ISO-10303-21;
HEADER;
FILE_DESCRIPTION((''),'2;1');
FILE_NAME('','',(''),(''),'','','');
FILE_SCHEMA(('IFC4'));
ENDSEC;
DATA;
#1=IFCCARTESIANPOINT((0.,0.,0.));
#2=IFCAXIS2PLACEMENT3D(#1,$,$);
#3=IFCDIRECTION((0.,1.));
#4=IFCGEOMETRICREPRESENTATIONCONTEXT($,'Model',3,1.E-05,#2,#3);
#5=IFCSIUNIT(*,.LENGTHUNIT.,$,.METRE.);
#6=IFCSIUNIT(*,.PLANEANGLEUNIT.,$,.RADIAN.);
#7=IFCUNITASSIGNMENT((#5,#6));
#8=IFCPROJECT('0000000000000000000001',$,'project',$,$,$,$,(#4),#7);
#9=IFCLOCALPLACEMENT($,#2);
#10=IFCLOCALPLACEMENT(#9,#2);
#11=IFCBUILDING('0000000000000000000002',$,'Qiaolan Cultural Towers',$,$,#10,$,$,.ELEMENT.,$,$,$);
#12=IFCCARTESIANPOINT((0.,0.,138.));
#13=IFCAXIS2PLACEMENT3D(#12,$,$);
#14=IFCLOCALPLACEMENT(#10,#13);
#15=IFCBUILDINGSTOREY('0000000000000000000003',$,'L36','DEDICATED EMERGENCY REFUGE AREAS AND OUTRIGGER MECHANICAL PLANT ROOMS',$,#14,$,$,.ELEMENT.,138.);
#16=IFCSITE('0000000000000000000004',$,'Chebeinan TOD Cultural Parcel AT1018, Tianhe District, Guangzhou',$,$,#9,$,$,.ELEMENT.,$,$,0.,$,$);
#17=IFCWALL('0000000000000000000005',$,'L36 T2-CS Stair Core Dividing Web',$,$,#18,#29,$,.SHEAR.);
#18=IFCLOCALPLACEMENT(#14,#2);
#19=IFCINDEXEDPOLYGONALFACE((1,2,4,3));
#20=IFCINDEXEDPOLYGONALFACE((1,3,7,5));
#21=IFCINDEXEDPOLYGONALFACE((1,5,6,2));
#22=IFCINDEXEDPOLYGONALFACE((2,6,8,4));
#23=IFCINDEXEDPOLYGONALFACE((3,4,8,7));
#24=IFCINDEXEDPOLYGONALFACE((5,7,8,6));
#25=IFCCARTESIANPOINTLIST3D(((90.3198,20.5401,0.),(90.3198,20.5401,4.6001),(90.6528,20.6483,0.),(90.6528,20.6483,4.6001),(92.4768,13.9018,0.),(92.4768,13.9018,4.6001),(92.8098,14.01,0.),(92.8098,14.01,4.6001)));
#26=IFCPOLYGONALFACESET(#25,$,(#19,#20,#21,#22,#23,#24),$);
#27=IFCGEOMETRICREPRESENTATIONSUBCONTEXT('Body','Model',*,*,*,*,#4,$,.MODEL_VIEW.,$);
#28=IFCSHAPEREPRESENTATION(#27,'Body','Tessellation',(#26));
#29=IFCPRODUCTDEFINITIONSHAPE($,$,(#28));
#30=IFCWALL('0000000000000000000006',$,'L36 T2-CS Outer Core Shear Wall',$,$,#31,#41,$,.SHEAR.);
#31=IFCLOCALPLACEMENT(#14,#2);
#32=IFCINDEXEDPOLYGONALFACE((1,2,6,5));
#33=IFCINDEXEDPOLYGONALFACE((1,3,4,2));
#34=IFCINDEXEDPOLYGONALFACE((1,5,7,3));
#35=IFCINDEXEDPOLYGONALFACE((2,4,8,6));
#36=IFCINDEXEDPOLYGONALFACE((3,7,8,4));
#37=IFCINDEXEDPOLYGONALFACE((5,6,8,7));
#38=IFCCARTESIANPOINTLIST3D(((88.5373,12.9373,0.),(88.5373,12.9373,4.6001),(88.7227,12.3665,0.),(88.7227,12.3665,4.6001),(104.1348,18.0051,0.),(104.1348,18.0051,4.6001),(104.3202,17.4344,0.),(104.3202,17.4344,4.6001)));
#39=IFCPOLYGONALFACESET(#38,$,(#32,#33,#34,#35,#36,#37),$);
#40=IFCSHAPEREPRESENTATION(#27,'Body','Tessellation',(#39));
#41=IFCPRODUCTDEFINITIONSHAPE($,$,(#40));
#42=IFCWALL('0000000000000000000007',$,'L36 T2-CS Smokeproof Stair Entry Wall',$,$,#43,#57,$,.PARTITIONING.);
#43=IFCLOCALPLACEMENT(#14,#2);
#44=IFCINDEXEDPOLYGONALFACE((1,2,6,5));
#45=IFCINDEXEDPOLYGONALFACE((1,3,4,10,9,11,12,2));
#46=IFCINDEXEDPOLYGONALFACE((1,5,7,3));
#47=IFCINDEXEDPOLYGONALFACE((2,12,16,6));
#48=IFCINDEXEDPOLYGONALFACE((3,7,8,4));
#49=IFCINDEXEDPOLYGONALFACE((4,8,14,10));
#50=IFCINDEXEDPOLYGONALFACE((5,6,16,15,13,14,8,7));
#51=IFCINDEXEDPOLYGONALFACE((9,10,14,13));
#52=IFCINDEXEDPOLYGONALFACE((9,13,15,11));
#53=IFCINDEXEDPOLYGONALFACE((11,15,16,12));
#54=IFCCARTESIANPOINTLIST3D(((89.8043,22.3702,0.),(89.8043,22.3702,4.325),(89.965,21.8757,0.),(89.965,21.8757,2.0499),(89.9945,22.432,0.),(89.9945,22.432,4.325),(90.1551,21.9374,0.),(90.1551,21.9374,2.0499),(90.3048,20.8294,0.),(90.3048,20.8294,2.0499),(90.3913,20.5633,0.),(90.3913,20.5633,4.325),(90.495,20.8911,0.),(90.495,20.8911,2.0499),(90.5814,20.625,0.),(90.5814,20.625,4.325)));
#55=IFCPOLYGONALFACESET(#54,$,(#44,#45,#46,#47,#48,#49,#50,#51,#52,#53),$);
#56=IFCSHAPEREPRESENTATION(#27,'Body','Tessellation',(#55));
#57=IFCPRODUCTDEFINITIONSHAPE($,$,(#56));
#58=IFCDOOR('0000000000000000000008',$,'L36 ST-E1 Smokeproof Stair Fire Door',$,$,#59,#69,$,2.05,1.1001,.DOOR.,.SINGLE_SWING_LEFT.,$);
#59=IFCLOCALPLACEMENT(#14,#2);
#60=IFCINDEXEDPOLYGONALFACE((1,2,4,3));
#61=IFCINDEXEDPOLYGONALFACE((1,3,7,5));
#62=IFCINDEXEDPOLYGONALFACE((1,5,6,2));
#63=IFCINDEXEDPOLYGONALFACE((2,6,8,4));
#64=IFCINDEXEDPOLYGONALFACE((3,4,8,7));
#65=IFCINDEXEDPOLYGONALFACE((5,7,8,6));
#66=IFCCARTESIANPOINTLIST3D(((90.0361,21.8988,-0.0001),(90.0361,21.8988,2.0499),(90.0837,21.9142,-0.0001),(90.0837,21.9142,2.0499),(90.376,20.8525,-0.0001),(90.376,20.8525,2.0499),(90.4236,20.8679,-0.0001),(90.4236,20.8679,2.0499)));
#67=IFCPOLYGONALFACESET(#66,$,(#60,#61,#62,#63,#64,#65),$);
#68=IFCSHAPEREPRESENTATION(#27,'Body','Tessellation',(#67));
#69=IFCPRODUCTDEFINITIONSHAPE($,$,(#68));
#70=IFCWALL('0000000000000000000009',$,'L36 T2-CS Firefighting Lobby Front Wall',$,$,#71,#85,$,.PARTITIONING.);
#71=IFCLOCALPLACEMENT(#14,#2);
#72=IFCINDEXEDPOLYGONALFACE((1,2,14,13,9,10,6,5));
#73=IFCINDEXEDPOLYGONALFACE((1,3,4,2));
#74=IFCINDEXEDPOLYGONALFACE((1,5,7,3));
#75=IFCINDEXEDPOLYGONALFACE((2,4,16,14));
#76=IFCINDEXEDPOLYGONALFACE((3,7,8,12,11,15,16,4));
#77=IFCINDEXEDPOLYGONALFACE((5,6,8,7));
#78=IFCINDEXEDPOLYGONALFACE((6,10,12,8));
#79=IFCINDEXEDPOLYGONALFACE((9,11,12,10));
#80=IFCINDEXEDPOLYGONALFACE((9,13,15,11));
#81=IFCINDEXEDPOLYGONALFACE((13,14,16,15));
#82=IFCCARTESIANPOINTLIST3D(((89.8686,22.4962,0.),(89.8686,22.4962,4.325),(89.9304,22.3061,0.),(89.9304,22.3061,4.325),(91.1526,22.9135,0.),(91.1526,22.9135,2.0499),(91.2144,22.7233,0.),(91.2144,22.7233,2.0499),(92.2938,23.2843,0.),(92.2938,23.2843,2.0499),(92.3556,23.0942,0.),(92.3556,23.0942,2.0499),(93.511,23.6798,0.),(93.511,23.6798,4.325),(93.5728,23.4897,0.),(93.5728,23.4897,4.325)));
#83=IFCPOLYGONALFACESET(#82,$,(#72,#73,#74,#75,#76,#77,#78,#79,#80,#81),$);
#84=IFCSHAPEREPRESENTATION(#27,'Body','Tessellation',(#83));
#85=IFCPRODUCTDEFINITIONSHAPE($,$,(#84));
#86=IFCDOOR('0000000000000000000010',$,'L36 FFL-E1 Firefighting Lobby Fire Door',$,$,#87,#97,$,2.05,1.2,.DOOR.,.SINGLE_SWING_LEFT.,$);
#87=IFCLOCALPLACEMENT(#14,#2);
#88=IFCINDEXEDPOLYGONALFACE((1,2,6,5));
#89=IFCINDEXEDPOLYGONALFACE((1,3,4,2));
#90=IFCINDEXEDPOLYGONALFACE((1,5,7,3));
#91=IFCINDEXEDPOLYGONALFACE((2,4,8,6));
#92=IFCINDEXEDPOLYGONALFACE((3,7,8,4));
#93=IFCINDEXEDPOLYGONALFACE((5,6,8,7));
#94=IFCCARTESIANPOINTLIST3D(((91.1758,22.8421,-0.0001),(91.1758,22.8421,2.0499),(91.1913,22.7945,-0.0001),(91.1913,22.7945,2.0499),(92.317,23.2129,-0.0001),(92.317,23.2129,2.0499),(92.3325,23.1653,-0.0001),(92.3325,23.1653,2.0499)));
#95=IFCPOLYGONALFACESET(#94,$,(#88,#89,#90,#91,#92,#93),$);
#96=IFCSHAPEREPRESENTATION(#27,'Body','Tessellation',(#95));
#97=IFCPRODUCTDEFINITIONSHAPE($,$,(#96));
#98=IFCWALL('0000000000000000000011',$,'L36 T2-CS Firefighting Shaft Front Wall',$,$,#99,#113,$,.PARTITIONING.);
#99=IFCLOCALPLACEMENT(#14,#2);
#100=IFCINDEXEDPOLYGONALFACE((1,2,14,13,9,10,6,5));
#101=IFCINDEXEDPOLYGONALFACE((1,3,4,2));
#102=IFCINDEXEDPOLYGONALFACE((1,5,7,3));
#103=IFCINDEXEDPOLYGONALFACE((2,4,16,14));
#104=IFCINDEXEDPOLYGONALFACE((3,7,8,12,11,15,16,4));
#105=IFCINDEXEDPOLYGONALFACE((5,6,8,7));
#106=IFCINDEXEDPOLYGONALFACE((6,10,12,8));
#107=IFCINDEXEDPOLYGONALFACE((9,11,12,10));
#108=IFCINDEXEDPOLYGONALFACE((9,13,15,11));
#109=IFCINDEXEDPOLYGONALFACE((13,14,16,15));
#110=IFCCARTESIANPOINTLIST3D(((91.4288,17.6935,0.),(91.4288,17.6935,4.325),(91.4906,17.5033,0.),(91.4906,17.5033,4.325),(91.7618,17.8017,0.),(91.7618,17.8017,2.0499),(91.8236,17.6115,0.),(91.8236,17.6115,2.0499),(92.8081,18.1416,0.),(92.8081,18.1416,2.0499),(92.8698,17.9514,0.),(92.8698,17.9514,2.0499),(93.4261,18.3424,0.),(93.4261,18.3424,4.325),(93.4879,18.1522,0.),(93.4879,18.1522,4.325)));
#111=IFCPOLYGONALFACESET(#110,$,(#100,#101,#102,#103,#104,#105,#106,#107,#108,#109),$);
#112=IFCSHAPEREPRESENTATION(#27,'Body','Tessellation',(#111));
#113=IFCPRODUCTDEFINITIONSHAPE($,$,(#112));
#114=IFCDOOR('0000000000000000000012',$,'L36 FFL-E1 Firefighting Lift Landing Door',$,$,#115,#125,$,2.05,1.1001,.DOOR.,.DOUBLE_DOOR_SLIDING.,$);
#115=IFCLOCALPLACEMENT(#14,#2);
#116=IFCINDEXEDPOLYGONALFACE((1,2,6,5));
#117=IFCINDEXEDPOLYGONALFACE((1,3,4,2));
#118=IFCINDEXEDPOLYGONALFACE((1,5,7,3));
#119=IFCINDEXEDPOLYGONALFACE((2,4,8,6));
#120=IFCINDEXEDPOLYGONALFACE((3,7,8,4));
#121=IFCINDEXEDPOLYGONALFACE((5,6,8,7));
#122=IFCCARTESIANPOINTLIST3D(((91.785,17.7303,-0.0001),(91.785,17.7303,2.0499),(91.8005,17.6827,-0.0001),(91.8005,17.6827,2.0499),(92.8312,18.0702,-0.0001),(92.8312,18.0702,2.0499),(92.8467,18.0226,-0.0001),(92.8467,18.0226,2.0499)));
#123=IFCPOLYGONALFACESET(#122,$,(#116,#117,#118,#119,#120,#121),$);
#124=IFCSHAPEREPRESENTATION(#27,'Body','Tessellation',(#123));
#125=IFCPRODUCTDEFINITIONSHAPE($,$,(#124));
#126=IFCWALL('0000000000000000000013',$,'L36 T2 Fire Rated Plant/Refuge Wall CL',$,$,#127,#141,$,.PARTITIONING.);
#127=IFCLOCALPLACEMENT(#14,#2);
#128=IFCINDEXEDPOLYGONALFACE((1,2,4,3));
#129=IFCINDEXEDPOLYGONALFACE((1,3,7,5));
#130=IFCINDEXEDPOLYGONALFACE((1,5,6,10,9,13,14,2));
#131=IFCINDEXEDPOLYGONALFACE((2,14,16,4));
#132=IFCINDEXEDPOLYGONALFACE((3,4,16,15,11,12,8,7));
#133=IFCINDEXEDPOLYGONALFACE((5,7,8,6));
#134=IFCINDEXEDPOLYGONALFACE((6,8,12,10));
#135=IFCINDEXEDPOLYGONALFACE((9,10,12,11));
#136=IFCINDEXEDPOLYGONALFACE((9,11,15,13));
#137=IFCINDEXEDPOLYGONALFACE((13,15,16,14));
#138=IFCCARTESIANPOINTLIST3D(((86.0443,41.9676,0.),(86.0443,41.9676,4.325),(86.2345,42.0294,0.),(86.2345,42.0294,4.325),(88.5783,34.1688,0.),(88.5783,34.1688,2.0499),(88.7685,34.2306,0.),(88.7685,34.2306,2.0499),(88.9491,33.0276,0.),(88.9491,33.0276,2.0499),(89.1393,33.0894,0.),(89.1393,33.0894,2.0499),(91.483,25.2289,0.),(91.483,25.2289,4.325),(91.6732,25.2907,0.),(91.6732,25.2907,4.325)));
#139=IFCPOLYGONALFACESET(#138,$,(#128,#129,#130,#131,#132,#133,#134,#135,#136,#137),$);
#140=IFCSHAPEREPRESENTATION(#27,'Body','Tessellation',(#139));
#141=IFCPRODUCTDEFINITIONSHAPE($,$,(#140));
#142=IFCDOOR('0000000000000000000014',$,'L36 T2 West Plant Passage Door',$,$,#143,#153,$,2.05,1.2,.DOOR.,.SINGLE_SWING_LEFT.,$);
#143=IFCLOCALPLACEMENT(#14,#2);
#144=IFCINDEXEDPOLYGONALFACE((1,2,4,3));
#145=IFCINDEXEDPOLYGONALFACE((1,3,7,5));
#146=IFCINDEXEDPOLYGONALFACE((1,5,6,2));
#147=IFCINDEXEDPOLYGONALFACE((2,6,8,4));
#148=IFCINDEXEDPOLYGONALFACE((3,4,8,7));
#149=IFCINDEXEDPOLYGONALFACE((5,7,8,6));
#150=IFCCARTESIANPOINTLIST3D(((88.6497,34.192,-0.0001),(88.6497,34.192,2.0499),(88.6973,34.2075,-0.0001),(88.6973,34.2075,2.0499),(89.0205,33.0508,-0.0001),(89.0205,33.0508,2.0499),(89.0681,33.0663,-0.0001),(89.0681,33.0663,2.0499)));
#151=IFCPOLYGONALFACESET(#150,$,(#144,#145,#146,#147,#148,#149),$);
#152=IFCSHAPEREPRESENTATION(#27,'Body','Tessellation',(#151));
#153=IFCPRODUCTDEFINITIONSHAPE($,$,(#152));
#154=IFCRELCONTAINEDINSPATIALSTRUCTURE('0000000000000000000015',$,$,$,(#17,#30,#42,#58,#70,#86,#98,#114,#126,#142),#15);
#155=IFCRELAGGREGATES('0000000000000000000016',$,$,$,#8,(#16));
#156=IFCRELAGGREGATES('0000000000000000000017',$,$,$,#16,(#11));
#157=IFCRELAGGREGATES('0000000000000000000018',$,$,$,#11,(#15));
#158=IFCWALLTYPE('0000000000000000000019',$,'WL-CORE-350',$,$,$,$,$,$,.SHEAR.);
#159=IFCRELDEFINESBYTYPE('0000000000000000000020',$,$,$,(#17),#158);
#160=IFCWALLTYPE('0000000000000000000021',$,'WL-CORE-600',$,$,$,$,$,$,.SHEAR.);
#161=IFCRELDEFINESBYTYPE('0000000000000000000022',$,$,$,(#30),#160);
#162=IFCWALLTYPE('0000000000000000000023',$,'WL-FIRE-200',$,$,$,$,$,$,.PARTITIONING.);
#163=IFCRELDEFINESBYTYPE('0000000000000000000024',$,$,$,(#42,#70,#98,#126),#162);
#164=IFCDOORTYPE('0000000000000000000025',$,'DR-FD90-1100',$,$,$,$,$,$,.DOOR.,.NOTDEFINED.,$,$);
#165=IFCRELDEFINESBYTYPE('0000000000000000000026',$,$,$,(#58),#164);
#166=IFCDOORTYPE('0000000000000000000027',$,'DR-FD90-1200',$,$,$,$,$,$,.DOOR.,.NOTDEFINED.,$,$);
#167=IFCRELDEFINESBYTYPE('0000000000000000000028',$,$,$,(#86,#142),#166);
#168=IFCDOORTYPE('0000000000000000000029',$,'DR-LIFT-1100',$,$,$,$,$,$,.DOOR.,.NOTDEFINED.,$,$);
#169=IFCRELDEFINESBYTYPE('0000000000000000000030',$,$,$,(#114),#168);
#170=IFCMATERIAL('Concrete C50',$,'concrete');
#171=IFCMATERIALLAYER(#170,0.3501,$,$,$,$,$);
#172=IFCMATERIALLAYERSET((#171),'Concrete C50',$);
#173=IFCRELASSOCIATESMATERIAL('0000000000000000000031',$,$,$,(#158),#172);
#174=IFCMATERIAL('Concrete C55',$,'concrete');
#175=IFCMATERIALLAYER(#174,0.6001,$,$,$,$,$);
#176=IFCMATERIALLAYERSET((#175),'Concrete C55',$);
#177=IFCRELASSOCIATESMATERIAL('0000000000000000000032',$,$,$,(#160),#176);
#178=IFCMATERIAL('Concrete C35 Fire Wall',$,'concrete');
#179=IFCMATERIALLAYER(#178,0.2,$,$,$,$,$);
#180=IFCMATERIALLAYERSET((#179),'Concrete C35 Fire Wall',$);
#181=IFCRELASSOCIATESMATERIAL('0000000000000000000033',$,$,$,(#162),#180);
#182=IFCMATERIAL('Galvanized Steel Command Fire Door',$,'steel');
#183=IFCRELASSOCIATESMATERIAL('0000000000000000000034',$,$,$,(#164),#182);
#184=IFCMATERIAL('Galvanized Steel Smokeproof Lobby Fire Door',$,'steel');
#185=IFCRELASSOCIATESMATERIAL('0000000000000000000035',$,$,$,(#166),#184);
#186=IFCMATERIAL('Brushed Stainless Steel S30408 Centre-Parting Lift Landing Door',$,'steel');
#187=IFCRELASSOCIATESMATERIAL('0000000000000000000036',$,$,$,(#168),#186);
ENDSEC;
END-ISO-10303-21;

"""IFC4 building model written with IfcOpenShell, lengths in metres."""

from ifc_helpers import new_model, si_unit, direction, frame, frame_2d, origin, place, context, subcontext, project, spatial, rectangle, extrude, material, layer, layer_set, type_object, element, fill, save


model = new_model("IFC4")

# Units and contexts
model_context = context("Model", 3, precision=1e-05, world=origin(), true_north=direction((0.0, 1.0)))
body_context = subcontext(model_context, "Body", "Model", "MODEL_VIEW")
ifc_project = project(units=[si_unit("LENGTHUNIT", "METRE"), si_unit("PLANEANGLEUNIT", "RADIAN")], contexts=[model_context])

# Site, building, storey
site_placement = place(None, origin())
site = spatial("IfcSite", under=ifc_project, at=site_placement, Name="Chebeinan TOD Cultural Parcel AT1018, Tianhe District, Guangzhou", CompositionType="ELEMENT", RefElevation=0.0)
building_placement = place(site_placement, origin())
building = spatial("IfcBuilding", under=site, at=building_placement, Name="Qiaolan Cultural Towers", CompositionType="ELEMENT")
storey_placement = place(building_placement, frame((0.0, 0.0, 138.0)))
storey = spatial("IfcBuildingStorey", under=building, at=storey_placement, Name="L36", Description="DEDICATED EMERGENCY REFUGE AREAS AND OUTRIGGER MECHANICAL PLANT ROOMS", CompositionType="ELEMENT", Elevation=138.0)

# Walls
ifc_material_1 = material(Name="Concrete C50", Category="concrete")
ifc_layer_1 = layer(ifc_material_1, 0.3501)
ifc_layer_set_1 = layer_set([ifc_layer_1], Name="Concrete C50")
wall_type_1 = type_object("IfcWallType", Name="WL-CORE-350", PredefinedType="SHEAR", material=ifc_layer_set_1)
wall_1_placement = place(storey_placement, frame((90.4863, 20.5942, 0.0), z_axis=(0.0, 0.0, 1.0), x_axis=(0.30902, -0.951055, 0.0)))
element("IfcWall", 1, at=wall_1_placement, inside=storey, type_object=wall_type_1, Name="L36 T2-CS Stair Core Dividing Web", PredefinedType="SHEAR", context=body_context, shape_type="SweptSolid", body=[
    extrude(rectangle(XDim=6.98, YDim=0.3501, at=frame_2d((3.49, 0.0))), origin(), (0.0, 0.0, 1.0), 4.6001),
])
ifc_material_2 = material(Name="Concrete C55", Category="concrete")
ifc_layer_2 = layer(ifc_material_2, 0.6001)
ifc_layer_set_2 = layer_set([ifc_layer_2], Name="Concrete C55")
wall_type_2 = type_object("IfcWallType", Name="WL-CORE-600", PredefinedType="SHEAR", material=ifc_layer_set_2)
wall_2_placement = place(storey_placement, frame((88.6299, 12.6519, 0.0), z_axis=(0.0, 0.0, 1.0), x_axis=(0.951057, 0.309015, 0.0)))
element("IfcWall", 2, at=wall_2_placement, inside=storey, type_object=wall_type_2, Name="L36 T2-CS Outer Core Shear Wall", PredefinedType="SHEAR", context=body_context, shape_type="SweptSolid", body=[
    extrude(rectangle(XDim=16.4001, YDim=0.6001, at=frame_2d((8.2002, 0.0))), origin(), (0.0, 0.0, 1.0), 4.6001),
])

# Walls, openings, doors
ifc_material_3 = material(Name="Concrete C35 Fire Wall", Category="concrete")
ifc_layer_3 = layer(ifc_material_3, 0.2)
ifc_layer_set_3 = layer_set([ifc_layer_3], Name="Concrete C35 Fire Wall")
wall_type_3 = type_object("IfcWallType", Name="WL-FIRE-200", PredefinedType="PARTITIONING", material=ifc_layer_set_3)
wall_3_placement = place(storey_placement, frame((89.8994, 22.4011, 0.0), z_axis=(0.0, 0.0, 1.0), x_axis=(0.308932, -0.951084, 0.0)))
wall_3 = element("IfcWall", 3, at=wall_3_placement, inside=storey, type_object=wall_type_3, Name="L36 T2-CS Smokeproof Stair Entry Wall", PredefinedType="PARTITIONING", context=body_context, shape_type="SweptSolid", body=[
    extrude(rectangle(XDim=1.8999, YDim=0.2, at=frame_2d((0.95, 0.0))), origin(), (0.0, 0.0, 1.0), 4.325),
])
opening_1_placement = place(wall_3_placement, frame((0.52, 0.0, 0.0)))
opening_1 = element("IfcOpeningElement", 4, at=opening_1_placement, cuts=wall_3, PredefinedType="OPENING", context=body_context, shape_type="SweptSolid", body=[
    extrude(rectangle(XDim=1.1001, YDim=2.05, at=frame_2d((0.55, 1.0249))), frame((0.0, 0.1099, 0.0), z_axis=(0.0, -1.0, 0.0), x_axis=(1.0, 0.0, 0.0)), (0.0, 0.0, 1.0), 0.22),
])
ifc_material_4 = material(Name="Galvanized Steel Command Fire Door", Category="steel")
door_type_1 = type_object("IfcDoorType", Name="DR-FD90-1100", OperationType="NOTDEFINED", PredefinedType="DOOR", material=ifc_material_4)
door_1_placement = place(opening_1_placement, origin())
door_1 = element("IfcDoor", 5, at=door_1_placement, inside=storey, type_object=door_type_1, Name="L36 ST-E1 Smokeproof Stair Fire Door", OperationType="SINGLE_SWING_LEFT", OverallHeight=2.05, OverallWidth=1.1001, PredefinedType="DOOR", context=body_context, shape_type="SweptSolid", body=[
    extrude(rectangle(XDim=1.1001, YDim=2.05, at=frame_2d((0.55, 1.0249))), frame((0.0, 0.0249, 0.0), z_axis=(0.0, -1.0, 0.0), x_axis=(1.0, 0.0, 0.0)), (0.0, 0.0, 1.0), 0.05),
])
fill(opening_1, door_1)
wall_4_placement = place(storey_placement, frame((89.8994, 22.4011, 0.0), z_axis=(0.0, 0.0, 1.0), x_axis=(0.951047, 0.309047, 0.0)))
wall_4 = element("IfcWall", 6, at=wall_4_placement, inside=storey, type_object=wall_type_3, Name="L36 T2-CS Firefighting Lobby Front Wall", PredefinedType="PARTITIONING", context=body_context, shape_type="SweptSolid", body=[
    extrude(rectangle(XDim=3.8298, YDim=0.2, at=frame_2d((1.915, 0.0))), origin(), (0.0, 0.0, 1.0), 4.325),
])
opening_2_placement = place(wall_4_placement, frame((1.3501, 0.0, 0.0)))
opening_2 = element("IfcOpeningElement", 7, at=opening_2_placement, cuts=wall_4, PredefinedType="OPENING", context=body_context, shape_type="SweptSolid", body=[
    extrude(rectangle(XDim=1.2, YDim=2.05, at=frame_2d((0.6001, 1.0249))), frame((0.0, 0.1099, 0.0), z_axis=(0.0, -1.0, 0.0), x_axis=(1.0, 0.0, 0.0)), (0.0, 0.0, 1.0), 0.22),
])
ifc_material_5 = material(Name="Galvanized Steel Smokeproof Lobby Fire Door", Category="steel")
door_type_2 = type_object("IfcDoorType", Name="DR-FD90-1200", OperationType="NOTDEFINED", PredefinedType="DOOR", material=ifc_material_5)
door_2_placement = place(opening_2_placement, origin())
door_2 = element("IfcDoor", 8, at=door_2_placement, inside=storey, type_object=door_type_2, Name="L36 FFL-E1 Firefighting Lobby Fire Door", OperationType="SINGLE_SWING_LEFT", OverallHeight=2.05, OverallWidth=1.2, PredefinedType="DOOR", context=body_context, shape_type="SweptSolid", body=[
    extrude(rectangle(XDim=1.2, YDim=2.05, at=frame_2d((0.6001, 1.0249))), frame((0.0, 0.0249, 0.0), z_axis=(0.0, -1.0, 0.0), x_axis=(1.0, 0.0, 0.0)), (0.0, 0.0, 1.0), 0.05),
])
fill(opening_2, door_2)
wall_5_placement = place(storey_placement, frame((91.4597, 17.5984, 0.0), z_axis=(0.0, 0.0, 1.0), x_axis=(0.951062, 0.308999, 0.0)))
wall_5 = element("IfcWall", 9, at=wall_5_placement, inside=storey, type_object=wall_type_3, Name="L36 T2-CS Firefighting Shaft Front Wall", PredefinedType="PARTITIONING", context=body_context, shape_type="SweptSolid", body=[
    extrude(rectangle(XDim=2.1001, YDim=0.2, at=frame_2d((1.05, 0.0))), origin(), (0.0, 0.0, 1.0), 4.325),
])
opening_3_placement = place(wall_5_placement, frame((0.3501, 0.0, 0.0)))
opening_3 = element("IfcOpeningElement", 10, at=opening_3_placement, cuts=wall_5, PredefinedType="OPENING", context=body_context, shape_type="SweptSolid", body=[
    extrude(rectangle(XDim=1.1001, YDim=2.05, at=frame_2d((0.55, 1.0249))), frame((0.0, 0.1099, 0.0), z_axis=(0.0, -1.0, 0.0), x_axis=(1.0, 0.0, 0.0)), (0.0, 0.0, 1.0), 0.22),
])
ifc_material_6 = material(Name="Brushed Stainless Steel S30408 Centre-Parting Lift Landing Door", Category="steel")
door_type_3 = type_object("IfcDoorType", Name="DR-LIFT-1100", OperationType="NOTDEFINED", PredefinedType="DOOR", material=ifc_material_6)
door_3_placement = place(opening_3_placement, origin())
door_3 = element("IfcDoor", 11, at=door_3_placement, inside=storey, type_object=door_type_3, Name="L36 FFL-E1 Firefighting Lift Landing Door", OperationType="DOUBLE_DOOR_SLIDING", OverallHeight=2.05, OverallWidth=1.1001, PredefinedType="DOOR", context=body_context, shape_type="SweptSolid", body=[
    extrude(rectangle(XDim=1.1001, YDim=2.05, at=frame_2d((0.55, 1.0249))), frame((0.0, 0.0249, 0.0), z_axis=(0.0, -1.0, 0.0), x_axis=(1.0, 0.0, 0.0)), (0.0, 0.0, 1.0), 0.05),
])
fill(opening_3, door_3)
wall_6_placement = place(storey_placement, frame((91.5781, 25.2598, 0.0), z_axis=(0.0, 0.0, 1.0), x_axis=(-0.309015, 0.951057, 0.0)))
wall_6 = element("IfcWall", 12, at=wall_6_placement, inside=storey, type_object=wall_type_3, Name="L36 T2 Fire Rated Plant/Refuge Wall CL", PredefinedType="PARTITIONING", context=body_context, shape_type="SweptSolid", body=[
    extrude(rectangle(XDim=17.6001, YDim=0.2, at=frame_2d((8.8, 0.0))), origin(), (0.0, 0.0, 1.0), 4.325),
])
opening_4_placement = place(wall_6_placement, frame((8.2, 0.0, 0.0)))
opening_4 = element("IfcOpeningElement", 13, at=opening_4_placement, cuts=wall_6, PredefinedType="OPENING", context=body_context, shape_type="SweptSolid", body=[
    extrude(rectangle(XDim=1.2, YDim=2.05, at=frame_2d((0.6001, 1.0249))), frame((0.0, 0.1099, 0.0), z_axis=(0.0, -1.0, 0.0), x_axis=(1.0, 0.0, 0.0)), (0.0, 0.0, 1.0), 0.22),
])
door_4_placement = place(opening_4_placement, origin())
door_4 = element("IfcDoor", 14, at=door_4_placement, inside=storey, type_object=door_type_2, Name="L36 T2 West Plant Passage Door", OperationType="SINGLE_SWING_LEFT", OverallHeight=2.05, OverallWidth=1.2, PredefinedType="DOOR", context=body_context, shape_type="SweptSolid", body=[
    extrude(rectangle(XDim=1.2, YDim=2.05, at=frame_2d((0.6001, 1.0249))), frame((0.0, 0.0249, 0.0), z_axis=(0.0, -1.0, 0.0), x_axis=(1.0, 0.0, 0.0)), (0.0, 0.0, 1.0), 0.05),
])
fill(opening_4, door_4)

save(model, "model.ifc")
